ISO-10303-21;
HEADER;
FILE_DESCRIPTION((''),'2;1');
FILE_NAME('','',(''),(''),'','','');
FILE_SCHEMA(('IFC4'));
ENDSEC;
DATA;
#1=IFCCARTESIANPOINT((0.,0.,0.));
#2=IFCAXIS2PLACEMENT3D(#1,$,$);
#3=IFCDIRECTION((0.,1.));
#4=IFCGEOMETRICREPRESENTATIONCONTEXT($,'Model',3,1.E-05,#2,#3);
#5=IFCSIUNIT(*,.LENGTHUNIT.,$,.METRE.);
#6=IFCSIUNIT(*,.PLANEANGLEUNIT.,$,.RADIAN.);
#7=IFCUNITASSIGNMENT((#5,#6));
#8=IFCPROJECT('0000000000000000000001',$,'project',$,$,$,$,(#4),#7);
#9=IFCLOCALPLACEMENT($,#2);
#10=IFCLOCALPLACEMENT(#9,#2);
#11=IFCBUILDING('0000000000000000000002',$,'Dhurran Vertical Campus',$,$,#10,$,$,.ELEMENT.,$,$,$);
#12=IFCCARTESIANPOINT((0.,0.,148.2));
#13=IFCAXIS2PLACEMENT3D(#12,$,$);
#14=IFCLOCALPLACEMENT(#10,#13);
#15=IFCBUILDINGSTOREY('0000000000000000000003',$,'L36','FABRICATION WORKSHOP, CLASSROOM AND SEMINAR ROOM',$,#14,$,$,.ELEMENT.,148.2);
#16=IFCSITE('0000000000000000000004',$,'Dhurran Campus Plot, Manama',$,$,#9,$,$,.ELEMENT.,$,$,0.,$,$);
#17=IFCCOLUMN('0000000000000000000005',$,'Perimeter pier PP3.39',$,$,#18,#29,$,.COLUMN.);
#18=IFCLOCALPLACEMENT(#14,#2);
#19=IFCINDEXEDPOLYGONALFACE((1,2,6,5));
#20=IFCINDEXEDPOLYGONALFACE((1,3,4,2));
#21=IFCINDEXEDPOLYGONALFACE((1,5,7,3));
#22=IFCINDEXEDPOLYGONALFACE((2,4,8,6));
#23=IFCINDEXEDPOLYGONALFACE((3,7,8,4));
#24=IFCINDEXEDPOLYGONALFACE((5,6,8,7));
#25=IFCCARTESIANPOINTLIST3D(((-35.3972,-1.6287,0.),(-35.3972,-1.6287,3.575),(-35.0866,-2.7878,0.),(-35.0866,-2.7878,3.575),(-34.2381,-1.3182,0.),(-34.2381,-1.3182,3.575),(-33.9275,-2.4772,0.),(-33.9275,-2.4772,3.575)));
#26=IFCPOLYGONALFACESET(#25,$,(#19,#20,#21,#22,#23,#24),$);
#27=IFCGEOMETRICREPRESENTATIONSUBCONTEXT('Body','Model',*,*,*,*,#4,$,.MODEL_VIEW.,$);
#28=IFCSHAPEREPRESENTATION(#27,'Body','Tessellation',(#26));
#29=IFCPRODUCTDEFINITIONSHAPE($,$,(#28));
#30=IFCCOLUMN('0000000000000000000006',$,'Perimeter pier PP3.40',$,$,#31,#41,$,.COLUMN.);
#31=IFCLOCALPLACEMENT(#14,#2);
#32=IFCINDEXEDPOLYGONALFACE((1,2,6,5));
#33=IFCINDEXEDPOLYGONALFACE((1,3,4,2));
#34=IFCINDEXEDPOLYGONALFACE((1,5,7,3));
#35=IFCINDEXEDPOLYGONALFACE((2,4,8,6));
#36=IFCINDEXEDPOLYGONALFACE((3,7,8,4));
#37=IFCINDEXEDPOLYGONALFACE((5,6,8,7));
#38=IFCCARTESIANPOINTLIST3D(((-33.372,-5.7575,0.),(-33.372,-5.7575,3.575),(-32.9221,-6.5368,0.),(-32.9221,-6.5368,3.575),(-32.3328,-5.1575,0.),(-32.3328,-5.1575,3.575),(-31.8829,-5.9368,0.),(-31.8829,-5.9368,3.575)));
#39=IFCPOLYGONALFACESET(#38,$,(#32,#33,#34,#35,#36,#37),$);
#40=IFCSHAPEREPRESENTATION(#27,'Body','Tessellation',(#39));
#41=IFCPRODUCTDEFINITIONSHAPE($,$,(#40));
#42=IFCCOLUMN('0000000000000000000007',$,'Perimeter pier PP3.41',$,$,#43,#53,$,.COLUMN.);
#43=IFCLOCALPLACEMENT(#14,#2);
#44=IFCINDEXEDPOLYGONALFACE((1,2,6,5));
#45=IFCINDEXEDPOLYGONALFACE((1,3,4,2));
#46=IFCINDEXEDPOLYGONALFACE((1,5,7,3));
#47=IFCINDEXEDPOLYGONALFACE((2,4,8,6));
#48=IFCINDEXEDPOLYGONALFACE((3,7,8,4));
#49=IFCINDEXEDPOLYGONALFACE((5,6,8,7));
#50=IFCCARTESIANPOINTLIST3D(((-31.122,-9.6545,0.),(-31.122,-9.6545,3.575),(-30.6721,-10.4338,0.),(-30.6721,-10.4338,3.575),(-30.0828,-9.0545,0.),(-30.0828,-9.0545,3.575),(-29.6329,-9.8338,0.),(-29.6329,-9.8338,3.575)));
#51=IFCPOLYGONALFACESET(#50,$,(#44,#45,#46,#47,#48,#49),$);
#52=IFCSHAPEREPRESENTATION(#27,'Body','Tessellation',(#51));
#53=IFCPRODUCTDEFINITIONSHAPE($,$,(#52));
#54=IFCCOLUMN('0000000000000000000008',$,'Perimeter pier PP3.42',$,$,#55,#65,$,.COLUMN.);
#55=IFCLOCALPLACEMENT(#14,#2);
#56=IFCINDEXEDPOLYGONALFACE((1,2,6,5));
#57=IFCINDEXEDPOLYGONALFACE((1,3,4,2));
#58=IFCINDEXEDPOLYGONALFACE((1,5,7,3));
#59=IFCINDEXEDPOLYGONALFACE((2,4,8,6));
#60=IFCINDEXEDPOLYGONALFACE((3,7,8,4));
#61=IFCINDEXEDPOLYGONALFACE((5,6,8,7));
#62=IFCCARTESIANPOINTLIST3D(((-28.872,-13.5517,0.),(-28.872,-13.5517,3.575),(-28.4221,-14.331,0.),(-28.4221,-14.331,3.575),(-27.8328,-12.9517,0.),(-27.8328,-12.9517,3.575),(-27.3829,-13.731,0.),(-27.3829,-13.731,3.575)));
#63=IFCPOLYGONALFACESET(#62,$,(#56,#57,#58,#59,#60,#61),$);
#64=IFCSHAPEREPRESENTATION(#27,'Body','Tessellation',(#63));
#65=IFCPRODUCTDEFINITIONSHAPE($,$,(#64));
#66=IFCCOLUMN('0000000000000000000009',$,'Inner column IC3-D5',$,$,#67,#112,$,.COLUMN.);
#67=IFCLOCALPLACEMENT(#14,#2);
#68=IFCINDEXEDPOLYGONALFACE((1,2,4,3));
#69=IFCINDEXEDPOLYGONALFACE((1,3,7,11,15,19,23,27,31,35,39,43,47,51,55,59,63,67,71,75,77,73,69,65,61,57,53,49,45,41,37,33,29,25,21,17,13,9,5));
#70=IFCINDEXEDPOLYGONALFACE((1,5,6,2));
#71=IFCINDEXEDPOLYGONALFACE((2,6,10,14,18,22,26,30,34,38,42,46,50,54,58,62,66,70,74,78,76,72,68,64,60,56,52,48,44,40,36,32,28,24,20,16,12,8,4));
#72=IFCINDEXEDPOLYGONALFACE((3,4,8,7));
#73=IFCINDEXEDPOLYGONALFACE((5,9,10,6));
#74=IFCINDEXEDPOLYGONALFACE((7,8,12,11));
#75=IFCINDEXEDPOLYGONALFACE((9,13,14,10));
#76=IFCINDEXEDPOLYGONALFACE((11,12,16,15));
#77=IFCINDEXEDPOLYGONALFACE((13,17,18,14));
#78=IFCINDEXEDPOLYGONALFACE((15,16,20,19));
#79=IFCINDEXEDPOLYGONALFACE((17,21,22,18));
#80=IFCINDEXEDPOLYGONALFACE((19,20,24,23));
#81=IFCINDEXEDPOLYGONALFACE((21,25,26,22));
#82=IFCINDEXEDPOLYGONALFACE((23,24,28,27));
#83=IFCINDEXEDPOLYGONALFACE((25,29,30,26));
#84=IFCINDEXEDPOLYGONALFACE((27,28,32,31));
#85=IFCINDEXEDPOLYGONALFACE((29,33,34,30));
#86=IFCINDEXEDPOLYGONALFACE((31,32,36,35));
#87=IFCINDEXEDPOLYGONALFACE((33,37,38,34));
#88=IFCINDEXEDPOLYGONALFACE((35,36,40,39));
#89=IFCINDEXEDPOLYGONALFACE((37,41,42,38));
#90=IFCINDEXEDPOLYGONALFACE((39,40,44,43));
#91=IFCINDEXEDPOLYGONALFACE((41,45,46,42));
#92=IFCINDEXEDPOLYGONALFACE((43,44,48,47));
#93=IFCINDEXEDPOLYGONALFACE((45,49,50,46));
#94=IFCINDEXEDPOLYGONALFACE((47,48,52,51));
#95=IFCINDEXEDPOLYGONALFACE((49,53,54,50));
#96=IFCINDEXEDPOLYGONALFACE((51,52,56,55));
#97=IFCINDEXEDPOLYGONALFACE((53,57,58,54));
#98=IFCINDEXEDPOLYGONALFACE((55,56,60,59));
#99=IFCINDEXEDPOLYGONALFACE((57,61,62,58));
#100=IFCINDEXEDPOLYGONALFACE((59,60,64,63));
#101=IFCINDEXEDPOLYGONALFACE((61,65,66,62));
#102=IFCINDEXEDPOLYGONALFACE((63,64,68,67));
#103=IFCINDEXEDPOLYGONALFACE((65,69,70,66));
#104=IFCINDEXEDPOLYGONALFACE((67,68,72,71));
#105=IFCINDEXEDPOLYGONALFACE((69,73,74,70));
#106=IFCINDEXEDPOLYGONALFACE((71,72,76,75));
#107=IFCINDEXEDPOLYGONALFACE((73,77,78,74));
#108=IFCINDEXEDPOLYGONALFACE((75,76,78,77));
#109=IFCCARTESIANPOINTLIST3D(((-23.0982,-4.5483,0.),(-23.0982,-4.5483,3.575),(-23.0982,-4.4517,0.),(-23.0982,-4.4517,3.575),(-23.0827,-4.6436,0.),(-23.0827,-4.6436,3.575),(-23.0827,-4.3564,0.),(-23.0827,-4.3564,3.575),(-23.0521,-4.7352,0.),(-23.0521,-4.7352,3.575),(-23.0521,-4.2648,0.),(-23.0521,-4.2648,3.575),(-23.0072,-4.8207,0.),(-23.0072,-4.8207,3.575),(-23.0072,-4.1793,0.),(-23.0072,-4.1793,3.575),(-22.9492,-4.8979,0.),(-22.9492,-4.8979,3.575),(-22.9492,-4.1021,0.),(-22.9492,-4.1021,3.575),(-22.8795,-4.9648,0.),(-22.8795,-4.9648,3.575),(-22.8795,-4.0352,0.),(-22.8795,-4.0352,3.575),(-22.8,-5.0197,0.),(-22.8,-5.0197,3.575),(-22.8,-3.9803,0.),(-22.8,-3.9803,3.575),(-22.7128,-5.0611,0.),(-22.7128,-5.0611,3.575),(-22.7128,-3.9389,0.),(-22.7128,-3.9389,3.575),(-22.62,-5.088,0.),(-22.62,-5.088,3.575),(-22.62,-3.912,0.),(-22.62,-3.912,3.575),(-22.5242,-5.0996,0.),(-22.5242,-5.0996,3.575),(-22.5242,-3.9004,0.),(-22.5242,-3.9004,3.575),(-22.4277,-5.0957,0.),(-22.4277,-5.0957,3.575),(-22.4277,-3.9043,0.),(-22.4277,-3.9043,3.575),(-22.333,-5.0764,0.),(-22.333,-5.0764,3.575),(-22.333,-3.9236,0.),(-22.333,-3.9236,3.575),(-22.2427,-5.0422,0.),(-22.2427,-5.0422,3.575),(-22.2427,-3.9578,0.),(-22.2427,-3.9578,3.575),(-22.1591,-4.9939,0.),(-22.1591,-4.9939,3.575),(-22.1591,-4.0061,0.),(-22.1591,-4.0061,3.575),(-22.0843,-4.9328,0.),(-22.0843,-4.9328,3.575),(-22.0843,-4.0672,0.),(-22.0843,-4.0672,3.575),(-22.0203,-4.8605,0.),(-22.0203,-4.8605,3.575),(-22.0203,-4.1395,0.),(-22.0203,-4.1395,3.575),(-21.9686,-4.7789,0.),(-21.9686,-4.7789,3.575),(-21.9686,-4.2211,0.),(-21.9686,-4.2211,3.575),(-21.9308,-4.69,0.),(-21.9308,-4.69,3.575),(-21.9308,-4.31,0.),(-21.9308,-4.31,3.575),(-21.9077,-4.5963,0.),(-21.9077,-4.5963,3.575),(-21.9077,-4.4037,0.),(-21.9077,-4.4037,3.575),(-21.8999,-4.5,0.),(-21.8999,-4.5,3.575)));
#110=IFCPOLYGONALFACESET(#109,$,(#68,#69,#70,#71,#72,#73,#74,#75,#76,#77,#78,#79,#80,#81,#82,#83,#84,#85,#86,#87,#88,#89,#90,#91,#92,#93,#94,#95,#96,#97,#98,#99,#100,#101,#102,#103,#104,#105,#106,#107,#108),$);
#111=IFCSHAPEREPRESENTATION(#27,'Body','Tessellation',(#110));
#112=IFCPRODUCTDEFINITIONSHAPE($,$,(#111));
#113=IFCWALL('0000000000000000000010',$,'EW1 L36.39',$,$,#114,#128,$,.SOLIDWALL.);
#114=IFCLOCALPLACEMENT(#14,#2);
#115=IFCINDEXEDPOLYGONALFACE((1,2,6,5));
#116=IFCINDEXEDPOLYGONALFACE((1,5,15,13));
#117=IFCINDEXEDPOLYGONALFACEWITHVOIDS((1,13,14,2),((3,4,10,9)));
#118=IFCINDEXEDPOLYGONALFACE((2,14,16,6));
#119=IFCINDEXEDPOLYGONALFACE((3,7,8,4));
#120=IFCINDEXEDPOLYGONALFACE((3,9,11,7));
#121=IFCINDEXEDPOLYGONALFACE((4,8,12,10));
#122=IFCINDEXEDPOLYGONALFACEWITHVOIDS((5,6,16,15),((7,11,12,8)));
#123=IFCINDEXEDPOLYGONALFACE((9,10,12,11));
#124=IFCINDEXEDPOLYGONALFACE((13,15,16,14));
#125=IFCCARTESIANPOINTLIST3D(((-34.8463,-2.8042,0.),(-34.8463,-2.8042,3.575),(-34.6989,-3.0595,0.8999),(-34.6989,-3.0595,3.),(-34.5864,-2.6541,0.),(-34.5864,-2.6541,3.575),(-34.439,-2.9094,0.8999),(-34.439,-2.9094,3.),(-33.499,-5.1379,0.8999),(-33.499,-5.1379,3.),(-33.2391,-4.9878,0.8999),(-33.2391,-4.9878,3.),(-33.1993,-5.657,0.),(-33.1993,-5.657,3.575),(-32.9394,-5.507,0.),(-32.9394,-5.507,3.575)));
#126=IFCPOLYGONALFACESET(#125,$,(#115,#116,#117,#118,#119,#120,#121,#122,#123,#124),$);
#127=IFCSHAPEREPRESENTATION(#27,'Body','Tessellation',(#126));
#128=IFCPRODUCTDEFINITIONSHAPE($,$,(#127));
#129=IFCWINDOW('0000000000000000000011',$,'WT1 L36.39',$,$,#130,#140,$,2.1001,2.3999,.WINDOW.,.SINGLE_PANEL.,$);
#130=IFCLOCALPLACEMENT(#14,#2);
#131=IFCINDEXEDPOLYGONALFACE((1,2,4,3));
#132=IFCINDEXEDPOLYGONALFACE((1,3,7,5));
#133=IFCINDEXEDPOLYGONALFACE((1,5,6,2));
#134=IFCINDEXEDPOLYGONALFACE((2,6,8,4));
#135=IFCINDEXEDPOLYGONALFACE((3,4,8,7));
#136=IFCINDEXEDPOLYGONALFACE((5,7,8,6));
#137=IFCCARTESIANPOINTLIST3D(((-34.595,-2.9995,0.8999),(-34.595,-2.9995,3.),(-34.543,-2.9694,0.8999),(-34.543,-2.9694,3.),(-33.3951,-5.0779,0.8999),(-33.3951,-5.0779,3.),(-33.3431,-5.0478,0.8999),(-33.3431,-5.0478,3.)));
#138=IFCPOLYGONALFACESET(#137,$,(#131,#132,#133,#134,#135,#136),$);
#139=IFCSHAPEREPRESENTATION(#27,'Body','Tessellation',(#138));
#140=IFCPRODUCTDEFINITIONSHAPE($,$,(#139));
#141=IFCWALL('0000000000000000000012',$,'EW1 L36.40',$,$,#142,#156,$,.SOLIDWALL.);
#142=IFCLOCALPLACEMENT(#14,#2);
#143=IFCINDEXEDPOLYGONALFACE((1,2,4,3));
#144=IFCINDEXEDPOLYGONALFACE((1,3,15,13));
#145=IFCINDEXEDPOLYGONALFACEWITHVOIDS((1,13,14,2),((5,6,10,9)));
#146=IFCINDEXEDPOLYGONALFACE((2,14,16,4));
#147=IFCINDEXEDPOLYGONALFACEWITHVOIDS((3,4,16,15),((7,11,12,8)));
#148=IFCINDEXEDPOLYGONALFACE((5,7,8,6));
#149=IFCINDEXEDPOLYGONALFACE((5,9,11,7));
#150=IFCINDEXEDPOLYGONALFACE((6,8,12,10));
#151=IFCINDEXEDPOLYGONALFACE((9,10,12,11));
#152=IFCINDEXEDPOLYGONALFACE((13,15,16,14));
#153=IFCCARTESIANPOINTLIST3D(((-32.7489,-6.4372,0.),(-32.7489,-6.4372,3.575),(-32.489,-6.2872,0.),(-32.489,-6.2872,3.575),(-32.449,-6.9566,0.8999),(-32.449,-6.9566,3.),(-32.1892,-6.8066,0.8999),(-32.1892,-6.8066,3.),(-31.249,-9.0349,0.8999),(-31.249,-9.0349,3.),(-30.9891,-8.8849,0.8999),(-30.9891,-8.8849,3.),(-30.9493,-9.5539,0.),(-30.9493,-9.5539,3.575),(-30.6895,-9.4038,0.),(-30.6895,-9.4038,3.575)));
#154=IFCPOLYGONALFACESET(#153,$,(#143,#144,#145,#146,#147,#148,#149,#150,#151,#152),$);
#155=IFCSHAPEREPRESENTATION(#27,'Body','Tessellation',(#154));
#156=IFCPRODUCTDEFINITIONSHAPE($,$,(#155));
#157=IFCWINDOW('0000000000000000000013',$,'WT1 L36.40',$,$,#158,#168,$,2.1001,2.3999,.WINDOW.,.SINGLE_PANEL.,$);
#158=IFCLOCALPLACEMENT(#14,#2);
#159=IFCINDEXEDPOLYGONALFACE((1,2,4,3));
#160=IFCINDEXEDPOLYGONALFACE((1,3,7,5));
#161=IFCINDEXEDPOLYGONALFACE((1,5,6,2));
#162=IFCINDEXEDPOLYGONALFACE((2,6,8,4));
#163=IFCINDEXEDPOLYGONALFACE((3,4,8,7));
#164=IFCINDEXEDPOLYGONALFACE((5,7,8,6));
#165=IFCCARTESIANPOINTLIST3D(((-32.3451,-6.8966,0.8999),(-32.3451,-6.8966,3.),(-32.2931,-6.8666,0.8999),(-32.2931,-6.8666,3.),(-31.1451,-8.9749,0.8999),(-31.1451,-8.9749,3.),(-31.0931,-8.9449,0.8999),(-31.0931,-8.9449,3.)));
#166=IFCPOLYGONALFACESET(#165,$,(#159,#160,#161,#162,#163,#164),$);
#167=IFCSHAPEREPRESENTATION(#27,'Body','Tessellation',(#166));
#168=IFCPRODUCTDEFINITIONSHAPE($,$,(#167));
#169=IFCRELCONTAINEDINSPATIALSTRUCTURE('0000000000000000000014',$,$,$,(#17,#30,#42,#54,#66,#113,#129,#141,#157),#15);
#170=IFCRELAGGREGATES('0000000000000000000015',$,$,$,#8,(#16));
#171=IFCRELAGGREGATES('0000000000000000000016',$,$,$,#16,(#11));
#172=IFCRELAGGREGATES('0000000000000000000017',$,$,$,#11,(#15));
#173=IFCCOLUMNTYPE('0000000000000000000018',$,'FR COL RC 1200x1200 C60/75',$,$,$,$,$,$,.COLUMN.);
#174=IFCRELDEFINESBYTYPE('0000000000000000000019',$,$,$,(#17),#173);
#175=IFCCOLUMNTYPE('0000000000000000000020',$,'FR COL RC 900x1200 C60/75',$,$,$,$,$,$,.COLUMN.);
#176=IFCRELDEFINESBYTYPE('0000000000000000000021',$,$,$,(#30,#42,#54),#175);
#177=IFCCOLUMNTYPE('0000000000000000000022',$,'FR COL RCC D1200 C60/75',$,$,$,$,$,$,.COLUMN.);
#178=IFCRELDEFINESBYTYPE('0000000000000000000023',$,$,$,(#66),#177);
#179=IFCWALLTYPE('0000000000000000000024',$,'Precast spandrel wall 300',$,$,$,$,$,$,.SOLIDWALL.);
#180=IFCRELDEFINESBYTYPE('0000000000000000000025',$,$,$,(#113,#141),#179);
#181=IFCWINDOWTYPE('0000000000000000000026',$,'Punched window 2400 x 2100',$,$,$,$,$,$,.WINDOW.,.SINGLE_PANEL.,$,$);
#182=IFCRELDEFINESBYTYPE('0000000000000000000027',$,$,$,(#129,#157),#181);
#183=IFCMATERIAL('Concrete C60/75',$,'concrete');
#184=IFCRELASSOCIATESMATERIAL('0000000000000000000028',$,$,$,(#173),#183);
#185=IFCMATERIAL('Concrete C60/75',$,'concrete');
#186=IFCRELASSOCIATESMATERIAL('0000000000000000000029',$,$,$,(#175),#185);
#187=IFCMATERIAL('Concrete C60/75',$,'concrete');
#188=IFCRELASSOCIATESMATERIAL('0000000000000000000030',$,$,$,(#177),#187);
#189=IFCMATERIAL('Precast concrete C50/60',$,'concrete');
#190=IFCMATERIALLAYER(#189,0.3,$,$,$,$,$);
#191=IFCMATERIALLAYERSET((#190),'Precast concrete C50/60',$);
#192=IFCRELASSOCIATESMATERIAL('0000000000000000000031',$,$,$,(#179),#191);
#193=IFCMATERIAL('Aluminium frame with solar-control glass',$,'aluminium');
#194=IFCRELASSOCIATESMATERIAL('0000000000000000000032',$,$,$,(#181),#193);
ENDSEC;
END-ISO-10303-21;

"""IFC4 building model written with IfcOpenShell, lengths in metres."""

from ifc_helpers import new_model, si_unit, direction, frame, frame_2d, origin, origin_2d, place, context, subcontext, project, spatial, rectangle, circle, extrude, material, layer, layer_set, material_profile, profile_set, type_object, element, fill, save


model = new_model("IFC4")

# Units and contexts
model_context = context("Model", 3, precision=1e-05, world=origin(), true_north=direction((0.0, 1.0)))
body_context = subcontext(model_context, "Body", "Model", "MODEL_VIEW")
ifc_project = project(units=[si_unit("LENGTHUNIT", "METRE"), si_unit("PLANEANGLEUNIT", "RADIAN")], contexts=[model_context])

# Site, building, storey
site_placement = place(None, origin())
site = spatial("IfcSite", under=ifc_project, at=site_placement, Name="Dhurran Campus Plot, Manama", CompositionType="ELEMENT", RefElevation=0.0)
building_placement = place(site_placement, origin())
building = spatial("IfcBuilding", under=site, at=building_placement, Name="Dhurran Vertical Campus", CompositionType="ELEMENT")
storey_placement = place(building_placement, frame((0.0, 0.0, 148.2)))
storey = spatial("IfcBuildingStorey", under=building, at=storey_placement, Name="L36", Description="FABRICATION WORKSHOP, CLASSROOM AND SEMINAR ROOM", CompositionType="ELEMENT", Elevation=148.2)

# Columns
ifc_material_1 = material(Name="Concrete C60/75", Category="concrete")
ifc_material_profile_1 = material_profile(ifc_material_1, rectangle(XDim=1.2, YDim=1.2, at=origin_2d()), Name="RC 1200x1200")
ifc_profile_set_1 = profile_set([ifc_material_profile_1], Name="Concrete C60/75")
column_type_1 = type_object("IfcColumnType", Name="FR COL RC 1200x1200 C60/75", PredefinedType="COLUMN", material=ifc_profile_set_1)
column_1_placement = place(storey_placement, frame((-34.6624, -2.053, 0.0), z_axis=(0.0, 0.0, 1.0), x_axis=(0.258819, -0.965926, 0.0)))
element("IfcColumn", 1, at=column_1_placement, inside=storey, type_object=column_type_1, Name="Perimeter pier PP3.39", PredefinedType="COLUMN", context=body_context, shape_type="SweptSolid", body=[
    extrude(rectangle(XDim=1.2, YDim=1.2, at=origin_2d()), origin(), (0.0, 0.0, 1.0), 3.575),
])
ifc_material_2 = material(Name="Concrete C60/75", Category="concrete")
ifc_material_profile_2 = material_profile(ifc_material_2, rectangle(XDim=0.8999, YDim=1.2, at=origin_2d()), Name="RC 900x1200")
ifc_profile_set_2 = profile_set([ifc_material_profile_2], Name="Concrete C60/75")
column_type_2 = type_object("IfcColumnType", Name="FR COL RC 900x1200 C60/75", PredefinedType="COLUMN", material=ifc_profile_set_2)
for number, where, z_axis, x_axis, name in (
    (2, (-32.6274, -5.8472, 0.0), (0.0, 0.0, 1.0), (0.5, -0.866025, 0.0), "Perimeter pier PP3.40"),
    (3, (-30.3774, -9.7441, 0.0), (0.0, 0.0, 1.0), (0.5, -0.866025, 0.0), "Perimeter pier PP3.41"),
    (4, (-28.1274, -13.6414, 0.0), (0.0, 0.0, 1.0), (0.5, -0.866025, 0.0), "Perimeter pier PP3.42"),
):
    element("IfcColumn", number, at=place(storey_placement, frame(where, z_axis=z_axis, x_axis=x_axis)), inside=storey, type_object=column_type_2, Name=name, PredefinedType="COLUMN", context=body_context, shape_type="SweptSolid", body=[
        extrude(rectangle(XDim=0.8999, YDim=1.2, at=origin_2d()), origin(), (0.0, 0.0, 1.0), 3.575),
    ])
ifc_material_3 = material(Name="Concrete C60/75", Category="concrete")
ifc_material_profile_3 = material_profile(ifc_material_3, circle(Radius=0.6001, at=origin_2d()), Name="RCC D1200")
ifc_profile_set_3 = profile_set([ifc_material_profile_3], Name="Concrete C60/75")
column_type_3 = type_object("IfcColumnType", Name="FR COL RCC D1200 C60/75", PredefinedType="COLUMN", material=ifc_profile_set_3)
column_2_placement = place(storey_placement, frame((-22.5, -4.5, 0.0), z_axis=(0.0, 0.0, 1.0), x_axis=(1.0, 0.0, 0.0)))
element("IfcColumn", 5, at=column_2_placement, inside=storey, type_object=column_type_3, Name="Inner column IC3-D5", PredefinedType="COLUMN", context=body_context, shape_type="SweptSolid", body=[
    extrude(circle(Radius=0.6001, at=origin_2d()), origin(), (0.0, 0.0, 1.0), 3.575),
])

# Walls, openings, windows
ifc_material_4 = material(Name="Precast concrete C50/60", Category="concrete")
ifc_layer_1 = layer(ifc_material_4, 0.3)
ifc_layer_set_1 = layer_set([ifc_layer_1], Name="Precast concrete C50/60")
wall_type_1 = type_object("IfcWallType", Name="Precast spandrel wall 300", PredefinedType="SOLIDWALL", material=ifc_layer_set_1)
wall_1_placement = place(storey_placement, frame((-34.7163, -2.7292, 0.0), z_axis=(0.0, 0.0, 1.0), x_axis=(0.499981, -0.866036, 0.0)))
wall_1 = element("IfcWall", 6, at=wall_1_placement, inside=storey, type_object=wall_type_1, Name="EW1 L36.39", PredefinedType="SOLIDWALL", context=body_context, shape_type="SweptSolid", body=[
    extrude(rectangle(XDim=3.2942, YDim=0.3, at=frame_2d((1.647, 0.0))), origin(), (0.0, 0.0, 1.0), 3.575),
])
opening_1_placement = place(wall_1_placement, frame((0.2947, 0.0, 0.8999)))
opening_1 = element("IfcOpeningElement", 7, at=opening_1_placement, cuts=wall_1, PredefinedType="OPENING", context=body_context, shape_type="SweptSolid", body=[
    extrude(rectangle(XDim=2.3999, YDim=2.1001, at=frame_2d((1.2, 1.05))), frame((0.0, 0.1599, 0.0), z_axis=(0.0, -1.0, 0.0), x_axis=(1.0, 0.0, 0.0)), (0.0, 0.0, 1.0), 0.3201),
])
ifc_material_5 = material(Name="Aluminium frame with solar-control glass", Category="aluminium")
window_type = type_object("IfcWindowType", Name="Punched window 2400 x 2100", PartitioningType="SINGLE_PANEL", PredefinedType="WINDOW", material=ifc_material_5)
window_1_placement = place(opening_1_placement, origin())
window_1 = element("IfcWindow", 8, at=window_1_placement, inside=storey, type_object=window_type, Name="WT1 L36.39", OverallHeight=2.1001, OverallWidth=2.3999, PartitioningType="SINGLE_PANEL", PredefinedType="WINDOW", context=body_context, shape_type="SweptSolid", body=[
    extrude(rectangle(XDim=2.3999, YDim=2.1001, at=frame_2d((1.2, 1.05))), frame((0.0, 0.03, 0.0), z_axis=(0.0, -1.0, 0.0), x_axis=(1.0, 0.0, 0.0)), (0.0, 0.0, 1.0), 0.0601),
])
fill(opening_1, window_1)
wall_2_placement = place(storey_placement, frame((-32.6189, -6.3623, 0.0), z_axis=(0.0, 0.0, 1.0), x_axis=(0.500028, -0.866009, 0.0)))
wall_2 = element("IfcWall", 9, at=wall_2_placement, inside=storey, type_object=wall_type_1, Name="EW1 L36.40", PredefinedType="SOLIDWALL", context=body_context, shape_type="SweptSolid", body=[
    extrude(rectangle(XDim=3.5989, YDim=0.3, at=frame_2d((1.7993, 0.0))), origin(), (0.0, 0.0, 1.0), 3.575),
])
opening_2_placement = place(wall_2_placement, frame((0.5996, 0.0, 0.8999)))
opening_2 = element("IfcOpeningElement", 10, at=opening_2_placement, cuts=wall_2, PredefinedType="OPENING", context=body_context, shape_type="SweptSolid", body=[
    extrude(rectangle(XDim=2.3999, YDim=2.1001, at=frame_2d((1.2, 1.05))), frame((0.0, 0.1599, 0.0), z_axis=(0.0, -1.0, 0.0), x_axis=(1.0, 0.0, 0.0)), (0.0, 0.0, 1.0), 0.3201),
])
window_2_placement = place(opening_2_placement, origin())
window_2 = element("IfcWindow", 11, at=window_2_placement, inside=storey, type_object=window_type, Name="WT1 L36.40", OverallHeight=2.1001, OverallWidth=2.3999, PartitioningType="SINGLE_PANEL", PredefinedType="WINDOW", context=body_context, shape_type="SweptSolid", body=[
    extrude(rectangle(XDim=2.3999, YDim=2.1001, at=frame_2d((1.2, 1.05))), frame((0.0, 0.03, 0.0), z_axis=(0.0, -1.0, 0.0), x_axis=(1.0, 0.0, 0.0)), (0.0, 0.0, 1.0), 0.0601),
])
fill(opening_2, window_2)

save(model, "model.ifc")
